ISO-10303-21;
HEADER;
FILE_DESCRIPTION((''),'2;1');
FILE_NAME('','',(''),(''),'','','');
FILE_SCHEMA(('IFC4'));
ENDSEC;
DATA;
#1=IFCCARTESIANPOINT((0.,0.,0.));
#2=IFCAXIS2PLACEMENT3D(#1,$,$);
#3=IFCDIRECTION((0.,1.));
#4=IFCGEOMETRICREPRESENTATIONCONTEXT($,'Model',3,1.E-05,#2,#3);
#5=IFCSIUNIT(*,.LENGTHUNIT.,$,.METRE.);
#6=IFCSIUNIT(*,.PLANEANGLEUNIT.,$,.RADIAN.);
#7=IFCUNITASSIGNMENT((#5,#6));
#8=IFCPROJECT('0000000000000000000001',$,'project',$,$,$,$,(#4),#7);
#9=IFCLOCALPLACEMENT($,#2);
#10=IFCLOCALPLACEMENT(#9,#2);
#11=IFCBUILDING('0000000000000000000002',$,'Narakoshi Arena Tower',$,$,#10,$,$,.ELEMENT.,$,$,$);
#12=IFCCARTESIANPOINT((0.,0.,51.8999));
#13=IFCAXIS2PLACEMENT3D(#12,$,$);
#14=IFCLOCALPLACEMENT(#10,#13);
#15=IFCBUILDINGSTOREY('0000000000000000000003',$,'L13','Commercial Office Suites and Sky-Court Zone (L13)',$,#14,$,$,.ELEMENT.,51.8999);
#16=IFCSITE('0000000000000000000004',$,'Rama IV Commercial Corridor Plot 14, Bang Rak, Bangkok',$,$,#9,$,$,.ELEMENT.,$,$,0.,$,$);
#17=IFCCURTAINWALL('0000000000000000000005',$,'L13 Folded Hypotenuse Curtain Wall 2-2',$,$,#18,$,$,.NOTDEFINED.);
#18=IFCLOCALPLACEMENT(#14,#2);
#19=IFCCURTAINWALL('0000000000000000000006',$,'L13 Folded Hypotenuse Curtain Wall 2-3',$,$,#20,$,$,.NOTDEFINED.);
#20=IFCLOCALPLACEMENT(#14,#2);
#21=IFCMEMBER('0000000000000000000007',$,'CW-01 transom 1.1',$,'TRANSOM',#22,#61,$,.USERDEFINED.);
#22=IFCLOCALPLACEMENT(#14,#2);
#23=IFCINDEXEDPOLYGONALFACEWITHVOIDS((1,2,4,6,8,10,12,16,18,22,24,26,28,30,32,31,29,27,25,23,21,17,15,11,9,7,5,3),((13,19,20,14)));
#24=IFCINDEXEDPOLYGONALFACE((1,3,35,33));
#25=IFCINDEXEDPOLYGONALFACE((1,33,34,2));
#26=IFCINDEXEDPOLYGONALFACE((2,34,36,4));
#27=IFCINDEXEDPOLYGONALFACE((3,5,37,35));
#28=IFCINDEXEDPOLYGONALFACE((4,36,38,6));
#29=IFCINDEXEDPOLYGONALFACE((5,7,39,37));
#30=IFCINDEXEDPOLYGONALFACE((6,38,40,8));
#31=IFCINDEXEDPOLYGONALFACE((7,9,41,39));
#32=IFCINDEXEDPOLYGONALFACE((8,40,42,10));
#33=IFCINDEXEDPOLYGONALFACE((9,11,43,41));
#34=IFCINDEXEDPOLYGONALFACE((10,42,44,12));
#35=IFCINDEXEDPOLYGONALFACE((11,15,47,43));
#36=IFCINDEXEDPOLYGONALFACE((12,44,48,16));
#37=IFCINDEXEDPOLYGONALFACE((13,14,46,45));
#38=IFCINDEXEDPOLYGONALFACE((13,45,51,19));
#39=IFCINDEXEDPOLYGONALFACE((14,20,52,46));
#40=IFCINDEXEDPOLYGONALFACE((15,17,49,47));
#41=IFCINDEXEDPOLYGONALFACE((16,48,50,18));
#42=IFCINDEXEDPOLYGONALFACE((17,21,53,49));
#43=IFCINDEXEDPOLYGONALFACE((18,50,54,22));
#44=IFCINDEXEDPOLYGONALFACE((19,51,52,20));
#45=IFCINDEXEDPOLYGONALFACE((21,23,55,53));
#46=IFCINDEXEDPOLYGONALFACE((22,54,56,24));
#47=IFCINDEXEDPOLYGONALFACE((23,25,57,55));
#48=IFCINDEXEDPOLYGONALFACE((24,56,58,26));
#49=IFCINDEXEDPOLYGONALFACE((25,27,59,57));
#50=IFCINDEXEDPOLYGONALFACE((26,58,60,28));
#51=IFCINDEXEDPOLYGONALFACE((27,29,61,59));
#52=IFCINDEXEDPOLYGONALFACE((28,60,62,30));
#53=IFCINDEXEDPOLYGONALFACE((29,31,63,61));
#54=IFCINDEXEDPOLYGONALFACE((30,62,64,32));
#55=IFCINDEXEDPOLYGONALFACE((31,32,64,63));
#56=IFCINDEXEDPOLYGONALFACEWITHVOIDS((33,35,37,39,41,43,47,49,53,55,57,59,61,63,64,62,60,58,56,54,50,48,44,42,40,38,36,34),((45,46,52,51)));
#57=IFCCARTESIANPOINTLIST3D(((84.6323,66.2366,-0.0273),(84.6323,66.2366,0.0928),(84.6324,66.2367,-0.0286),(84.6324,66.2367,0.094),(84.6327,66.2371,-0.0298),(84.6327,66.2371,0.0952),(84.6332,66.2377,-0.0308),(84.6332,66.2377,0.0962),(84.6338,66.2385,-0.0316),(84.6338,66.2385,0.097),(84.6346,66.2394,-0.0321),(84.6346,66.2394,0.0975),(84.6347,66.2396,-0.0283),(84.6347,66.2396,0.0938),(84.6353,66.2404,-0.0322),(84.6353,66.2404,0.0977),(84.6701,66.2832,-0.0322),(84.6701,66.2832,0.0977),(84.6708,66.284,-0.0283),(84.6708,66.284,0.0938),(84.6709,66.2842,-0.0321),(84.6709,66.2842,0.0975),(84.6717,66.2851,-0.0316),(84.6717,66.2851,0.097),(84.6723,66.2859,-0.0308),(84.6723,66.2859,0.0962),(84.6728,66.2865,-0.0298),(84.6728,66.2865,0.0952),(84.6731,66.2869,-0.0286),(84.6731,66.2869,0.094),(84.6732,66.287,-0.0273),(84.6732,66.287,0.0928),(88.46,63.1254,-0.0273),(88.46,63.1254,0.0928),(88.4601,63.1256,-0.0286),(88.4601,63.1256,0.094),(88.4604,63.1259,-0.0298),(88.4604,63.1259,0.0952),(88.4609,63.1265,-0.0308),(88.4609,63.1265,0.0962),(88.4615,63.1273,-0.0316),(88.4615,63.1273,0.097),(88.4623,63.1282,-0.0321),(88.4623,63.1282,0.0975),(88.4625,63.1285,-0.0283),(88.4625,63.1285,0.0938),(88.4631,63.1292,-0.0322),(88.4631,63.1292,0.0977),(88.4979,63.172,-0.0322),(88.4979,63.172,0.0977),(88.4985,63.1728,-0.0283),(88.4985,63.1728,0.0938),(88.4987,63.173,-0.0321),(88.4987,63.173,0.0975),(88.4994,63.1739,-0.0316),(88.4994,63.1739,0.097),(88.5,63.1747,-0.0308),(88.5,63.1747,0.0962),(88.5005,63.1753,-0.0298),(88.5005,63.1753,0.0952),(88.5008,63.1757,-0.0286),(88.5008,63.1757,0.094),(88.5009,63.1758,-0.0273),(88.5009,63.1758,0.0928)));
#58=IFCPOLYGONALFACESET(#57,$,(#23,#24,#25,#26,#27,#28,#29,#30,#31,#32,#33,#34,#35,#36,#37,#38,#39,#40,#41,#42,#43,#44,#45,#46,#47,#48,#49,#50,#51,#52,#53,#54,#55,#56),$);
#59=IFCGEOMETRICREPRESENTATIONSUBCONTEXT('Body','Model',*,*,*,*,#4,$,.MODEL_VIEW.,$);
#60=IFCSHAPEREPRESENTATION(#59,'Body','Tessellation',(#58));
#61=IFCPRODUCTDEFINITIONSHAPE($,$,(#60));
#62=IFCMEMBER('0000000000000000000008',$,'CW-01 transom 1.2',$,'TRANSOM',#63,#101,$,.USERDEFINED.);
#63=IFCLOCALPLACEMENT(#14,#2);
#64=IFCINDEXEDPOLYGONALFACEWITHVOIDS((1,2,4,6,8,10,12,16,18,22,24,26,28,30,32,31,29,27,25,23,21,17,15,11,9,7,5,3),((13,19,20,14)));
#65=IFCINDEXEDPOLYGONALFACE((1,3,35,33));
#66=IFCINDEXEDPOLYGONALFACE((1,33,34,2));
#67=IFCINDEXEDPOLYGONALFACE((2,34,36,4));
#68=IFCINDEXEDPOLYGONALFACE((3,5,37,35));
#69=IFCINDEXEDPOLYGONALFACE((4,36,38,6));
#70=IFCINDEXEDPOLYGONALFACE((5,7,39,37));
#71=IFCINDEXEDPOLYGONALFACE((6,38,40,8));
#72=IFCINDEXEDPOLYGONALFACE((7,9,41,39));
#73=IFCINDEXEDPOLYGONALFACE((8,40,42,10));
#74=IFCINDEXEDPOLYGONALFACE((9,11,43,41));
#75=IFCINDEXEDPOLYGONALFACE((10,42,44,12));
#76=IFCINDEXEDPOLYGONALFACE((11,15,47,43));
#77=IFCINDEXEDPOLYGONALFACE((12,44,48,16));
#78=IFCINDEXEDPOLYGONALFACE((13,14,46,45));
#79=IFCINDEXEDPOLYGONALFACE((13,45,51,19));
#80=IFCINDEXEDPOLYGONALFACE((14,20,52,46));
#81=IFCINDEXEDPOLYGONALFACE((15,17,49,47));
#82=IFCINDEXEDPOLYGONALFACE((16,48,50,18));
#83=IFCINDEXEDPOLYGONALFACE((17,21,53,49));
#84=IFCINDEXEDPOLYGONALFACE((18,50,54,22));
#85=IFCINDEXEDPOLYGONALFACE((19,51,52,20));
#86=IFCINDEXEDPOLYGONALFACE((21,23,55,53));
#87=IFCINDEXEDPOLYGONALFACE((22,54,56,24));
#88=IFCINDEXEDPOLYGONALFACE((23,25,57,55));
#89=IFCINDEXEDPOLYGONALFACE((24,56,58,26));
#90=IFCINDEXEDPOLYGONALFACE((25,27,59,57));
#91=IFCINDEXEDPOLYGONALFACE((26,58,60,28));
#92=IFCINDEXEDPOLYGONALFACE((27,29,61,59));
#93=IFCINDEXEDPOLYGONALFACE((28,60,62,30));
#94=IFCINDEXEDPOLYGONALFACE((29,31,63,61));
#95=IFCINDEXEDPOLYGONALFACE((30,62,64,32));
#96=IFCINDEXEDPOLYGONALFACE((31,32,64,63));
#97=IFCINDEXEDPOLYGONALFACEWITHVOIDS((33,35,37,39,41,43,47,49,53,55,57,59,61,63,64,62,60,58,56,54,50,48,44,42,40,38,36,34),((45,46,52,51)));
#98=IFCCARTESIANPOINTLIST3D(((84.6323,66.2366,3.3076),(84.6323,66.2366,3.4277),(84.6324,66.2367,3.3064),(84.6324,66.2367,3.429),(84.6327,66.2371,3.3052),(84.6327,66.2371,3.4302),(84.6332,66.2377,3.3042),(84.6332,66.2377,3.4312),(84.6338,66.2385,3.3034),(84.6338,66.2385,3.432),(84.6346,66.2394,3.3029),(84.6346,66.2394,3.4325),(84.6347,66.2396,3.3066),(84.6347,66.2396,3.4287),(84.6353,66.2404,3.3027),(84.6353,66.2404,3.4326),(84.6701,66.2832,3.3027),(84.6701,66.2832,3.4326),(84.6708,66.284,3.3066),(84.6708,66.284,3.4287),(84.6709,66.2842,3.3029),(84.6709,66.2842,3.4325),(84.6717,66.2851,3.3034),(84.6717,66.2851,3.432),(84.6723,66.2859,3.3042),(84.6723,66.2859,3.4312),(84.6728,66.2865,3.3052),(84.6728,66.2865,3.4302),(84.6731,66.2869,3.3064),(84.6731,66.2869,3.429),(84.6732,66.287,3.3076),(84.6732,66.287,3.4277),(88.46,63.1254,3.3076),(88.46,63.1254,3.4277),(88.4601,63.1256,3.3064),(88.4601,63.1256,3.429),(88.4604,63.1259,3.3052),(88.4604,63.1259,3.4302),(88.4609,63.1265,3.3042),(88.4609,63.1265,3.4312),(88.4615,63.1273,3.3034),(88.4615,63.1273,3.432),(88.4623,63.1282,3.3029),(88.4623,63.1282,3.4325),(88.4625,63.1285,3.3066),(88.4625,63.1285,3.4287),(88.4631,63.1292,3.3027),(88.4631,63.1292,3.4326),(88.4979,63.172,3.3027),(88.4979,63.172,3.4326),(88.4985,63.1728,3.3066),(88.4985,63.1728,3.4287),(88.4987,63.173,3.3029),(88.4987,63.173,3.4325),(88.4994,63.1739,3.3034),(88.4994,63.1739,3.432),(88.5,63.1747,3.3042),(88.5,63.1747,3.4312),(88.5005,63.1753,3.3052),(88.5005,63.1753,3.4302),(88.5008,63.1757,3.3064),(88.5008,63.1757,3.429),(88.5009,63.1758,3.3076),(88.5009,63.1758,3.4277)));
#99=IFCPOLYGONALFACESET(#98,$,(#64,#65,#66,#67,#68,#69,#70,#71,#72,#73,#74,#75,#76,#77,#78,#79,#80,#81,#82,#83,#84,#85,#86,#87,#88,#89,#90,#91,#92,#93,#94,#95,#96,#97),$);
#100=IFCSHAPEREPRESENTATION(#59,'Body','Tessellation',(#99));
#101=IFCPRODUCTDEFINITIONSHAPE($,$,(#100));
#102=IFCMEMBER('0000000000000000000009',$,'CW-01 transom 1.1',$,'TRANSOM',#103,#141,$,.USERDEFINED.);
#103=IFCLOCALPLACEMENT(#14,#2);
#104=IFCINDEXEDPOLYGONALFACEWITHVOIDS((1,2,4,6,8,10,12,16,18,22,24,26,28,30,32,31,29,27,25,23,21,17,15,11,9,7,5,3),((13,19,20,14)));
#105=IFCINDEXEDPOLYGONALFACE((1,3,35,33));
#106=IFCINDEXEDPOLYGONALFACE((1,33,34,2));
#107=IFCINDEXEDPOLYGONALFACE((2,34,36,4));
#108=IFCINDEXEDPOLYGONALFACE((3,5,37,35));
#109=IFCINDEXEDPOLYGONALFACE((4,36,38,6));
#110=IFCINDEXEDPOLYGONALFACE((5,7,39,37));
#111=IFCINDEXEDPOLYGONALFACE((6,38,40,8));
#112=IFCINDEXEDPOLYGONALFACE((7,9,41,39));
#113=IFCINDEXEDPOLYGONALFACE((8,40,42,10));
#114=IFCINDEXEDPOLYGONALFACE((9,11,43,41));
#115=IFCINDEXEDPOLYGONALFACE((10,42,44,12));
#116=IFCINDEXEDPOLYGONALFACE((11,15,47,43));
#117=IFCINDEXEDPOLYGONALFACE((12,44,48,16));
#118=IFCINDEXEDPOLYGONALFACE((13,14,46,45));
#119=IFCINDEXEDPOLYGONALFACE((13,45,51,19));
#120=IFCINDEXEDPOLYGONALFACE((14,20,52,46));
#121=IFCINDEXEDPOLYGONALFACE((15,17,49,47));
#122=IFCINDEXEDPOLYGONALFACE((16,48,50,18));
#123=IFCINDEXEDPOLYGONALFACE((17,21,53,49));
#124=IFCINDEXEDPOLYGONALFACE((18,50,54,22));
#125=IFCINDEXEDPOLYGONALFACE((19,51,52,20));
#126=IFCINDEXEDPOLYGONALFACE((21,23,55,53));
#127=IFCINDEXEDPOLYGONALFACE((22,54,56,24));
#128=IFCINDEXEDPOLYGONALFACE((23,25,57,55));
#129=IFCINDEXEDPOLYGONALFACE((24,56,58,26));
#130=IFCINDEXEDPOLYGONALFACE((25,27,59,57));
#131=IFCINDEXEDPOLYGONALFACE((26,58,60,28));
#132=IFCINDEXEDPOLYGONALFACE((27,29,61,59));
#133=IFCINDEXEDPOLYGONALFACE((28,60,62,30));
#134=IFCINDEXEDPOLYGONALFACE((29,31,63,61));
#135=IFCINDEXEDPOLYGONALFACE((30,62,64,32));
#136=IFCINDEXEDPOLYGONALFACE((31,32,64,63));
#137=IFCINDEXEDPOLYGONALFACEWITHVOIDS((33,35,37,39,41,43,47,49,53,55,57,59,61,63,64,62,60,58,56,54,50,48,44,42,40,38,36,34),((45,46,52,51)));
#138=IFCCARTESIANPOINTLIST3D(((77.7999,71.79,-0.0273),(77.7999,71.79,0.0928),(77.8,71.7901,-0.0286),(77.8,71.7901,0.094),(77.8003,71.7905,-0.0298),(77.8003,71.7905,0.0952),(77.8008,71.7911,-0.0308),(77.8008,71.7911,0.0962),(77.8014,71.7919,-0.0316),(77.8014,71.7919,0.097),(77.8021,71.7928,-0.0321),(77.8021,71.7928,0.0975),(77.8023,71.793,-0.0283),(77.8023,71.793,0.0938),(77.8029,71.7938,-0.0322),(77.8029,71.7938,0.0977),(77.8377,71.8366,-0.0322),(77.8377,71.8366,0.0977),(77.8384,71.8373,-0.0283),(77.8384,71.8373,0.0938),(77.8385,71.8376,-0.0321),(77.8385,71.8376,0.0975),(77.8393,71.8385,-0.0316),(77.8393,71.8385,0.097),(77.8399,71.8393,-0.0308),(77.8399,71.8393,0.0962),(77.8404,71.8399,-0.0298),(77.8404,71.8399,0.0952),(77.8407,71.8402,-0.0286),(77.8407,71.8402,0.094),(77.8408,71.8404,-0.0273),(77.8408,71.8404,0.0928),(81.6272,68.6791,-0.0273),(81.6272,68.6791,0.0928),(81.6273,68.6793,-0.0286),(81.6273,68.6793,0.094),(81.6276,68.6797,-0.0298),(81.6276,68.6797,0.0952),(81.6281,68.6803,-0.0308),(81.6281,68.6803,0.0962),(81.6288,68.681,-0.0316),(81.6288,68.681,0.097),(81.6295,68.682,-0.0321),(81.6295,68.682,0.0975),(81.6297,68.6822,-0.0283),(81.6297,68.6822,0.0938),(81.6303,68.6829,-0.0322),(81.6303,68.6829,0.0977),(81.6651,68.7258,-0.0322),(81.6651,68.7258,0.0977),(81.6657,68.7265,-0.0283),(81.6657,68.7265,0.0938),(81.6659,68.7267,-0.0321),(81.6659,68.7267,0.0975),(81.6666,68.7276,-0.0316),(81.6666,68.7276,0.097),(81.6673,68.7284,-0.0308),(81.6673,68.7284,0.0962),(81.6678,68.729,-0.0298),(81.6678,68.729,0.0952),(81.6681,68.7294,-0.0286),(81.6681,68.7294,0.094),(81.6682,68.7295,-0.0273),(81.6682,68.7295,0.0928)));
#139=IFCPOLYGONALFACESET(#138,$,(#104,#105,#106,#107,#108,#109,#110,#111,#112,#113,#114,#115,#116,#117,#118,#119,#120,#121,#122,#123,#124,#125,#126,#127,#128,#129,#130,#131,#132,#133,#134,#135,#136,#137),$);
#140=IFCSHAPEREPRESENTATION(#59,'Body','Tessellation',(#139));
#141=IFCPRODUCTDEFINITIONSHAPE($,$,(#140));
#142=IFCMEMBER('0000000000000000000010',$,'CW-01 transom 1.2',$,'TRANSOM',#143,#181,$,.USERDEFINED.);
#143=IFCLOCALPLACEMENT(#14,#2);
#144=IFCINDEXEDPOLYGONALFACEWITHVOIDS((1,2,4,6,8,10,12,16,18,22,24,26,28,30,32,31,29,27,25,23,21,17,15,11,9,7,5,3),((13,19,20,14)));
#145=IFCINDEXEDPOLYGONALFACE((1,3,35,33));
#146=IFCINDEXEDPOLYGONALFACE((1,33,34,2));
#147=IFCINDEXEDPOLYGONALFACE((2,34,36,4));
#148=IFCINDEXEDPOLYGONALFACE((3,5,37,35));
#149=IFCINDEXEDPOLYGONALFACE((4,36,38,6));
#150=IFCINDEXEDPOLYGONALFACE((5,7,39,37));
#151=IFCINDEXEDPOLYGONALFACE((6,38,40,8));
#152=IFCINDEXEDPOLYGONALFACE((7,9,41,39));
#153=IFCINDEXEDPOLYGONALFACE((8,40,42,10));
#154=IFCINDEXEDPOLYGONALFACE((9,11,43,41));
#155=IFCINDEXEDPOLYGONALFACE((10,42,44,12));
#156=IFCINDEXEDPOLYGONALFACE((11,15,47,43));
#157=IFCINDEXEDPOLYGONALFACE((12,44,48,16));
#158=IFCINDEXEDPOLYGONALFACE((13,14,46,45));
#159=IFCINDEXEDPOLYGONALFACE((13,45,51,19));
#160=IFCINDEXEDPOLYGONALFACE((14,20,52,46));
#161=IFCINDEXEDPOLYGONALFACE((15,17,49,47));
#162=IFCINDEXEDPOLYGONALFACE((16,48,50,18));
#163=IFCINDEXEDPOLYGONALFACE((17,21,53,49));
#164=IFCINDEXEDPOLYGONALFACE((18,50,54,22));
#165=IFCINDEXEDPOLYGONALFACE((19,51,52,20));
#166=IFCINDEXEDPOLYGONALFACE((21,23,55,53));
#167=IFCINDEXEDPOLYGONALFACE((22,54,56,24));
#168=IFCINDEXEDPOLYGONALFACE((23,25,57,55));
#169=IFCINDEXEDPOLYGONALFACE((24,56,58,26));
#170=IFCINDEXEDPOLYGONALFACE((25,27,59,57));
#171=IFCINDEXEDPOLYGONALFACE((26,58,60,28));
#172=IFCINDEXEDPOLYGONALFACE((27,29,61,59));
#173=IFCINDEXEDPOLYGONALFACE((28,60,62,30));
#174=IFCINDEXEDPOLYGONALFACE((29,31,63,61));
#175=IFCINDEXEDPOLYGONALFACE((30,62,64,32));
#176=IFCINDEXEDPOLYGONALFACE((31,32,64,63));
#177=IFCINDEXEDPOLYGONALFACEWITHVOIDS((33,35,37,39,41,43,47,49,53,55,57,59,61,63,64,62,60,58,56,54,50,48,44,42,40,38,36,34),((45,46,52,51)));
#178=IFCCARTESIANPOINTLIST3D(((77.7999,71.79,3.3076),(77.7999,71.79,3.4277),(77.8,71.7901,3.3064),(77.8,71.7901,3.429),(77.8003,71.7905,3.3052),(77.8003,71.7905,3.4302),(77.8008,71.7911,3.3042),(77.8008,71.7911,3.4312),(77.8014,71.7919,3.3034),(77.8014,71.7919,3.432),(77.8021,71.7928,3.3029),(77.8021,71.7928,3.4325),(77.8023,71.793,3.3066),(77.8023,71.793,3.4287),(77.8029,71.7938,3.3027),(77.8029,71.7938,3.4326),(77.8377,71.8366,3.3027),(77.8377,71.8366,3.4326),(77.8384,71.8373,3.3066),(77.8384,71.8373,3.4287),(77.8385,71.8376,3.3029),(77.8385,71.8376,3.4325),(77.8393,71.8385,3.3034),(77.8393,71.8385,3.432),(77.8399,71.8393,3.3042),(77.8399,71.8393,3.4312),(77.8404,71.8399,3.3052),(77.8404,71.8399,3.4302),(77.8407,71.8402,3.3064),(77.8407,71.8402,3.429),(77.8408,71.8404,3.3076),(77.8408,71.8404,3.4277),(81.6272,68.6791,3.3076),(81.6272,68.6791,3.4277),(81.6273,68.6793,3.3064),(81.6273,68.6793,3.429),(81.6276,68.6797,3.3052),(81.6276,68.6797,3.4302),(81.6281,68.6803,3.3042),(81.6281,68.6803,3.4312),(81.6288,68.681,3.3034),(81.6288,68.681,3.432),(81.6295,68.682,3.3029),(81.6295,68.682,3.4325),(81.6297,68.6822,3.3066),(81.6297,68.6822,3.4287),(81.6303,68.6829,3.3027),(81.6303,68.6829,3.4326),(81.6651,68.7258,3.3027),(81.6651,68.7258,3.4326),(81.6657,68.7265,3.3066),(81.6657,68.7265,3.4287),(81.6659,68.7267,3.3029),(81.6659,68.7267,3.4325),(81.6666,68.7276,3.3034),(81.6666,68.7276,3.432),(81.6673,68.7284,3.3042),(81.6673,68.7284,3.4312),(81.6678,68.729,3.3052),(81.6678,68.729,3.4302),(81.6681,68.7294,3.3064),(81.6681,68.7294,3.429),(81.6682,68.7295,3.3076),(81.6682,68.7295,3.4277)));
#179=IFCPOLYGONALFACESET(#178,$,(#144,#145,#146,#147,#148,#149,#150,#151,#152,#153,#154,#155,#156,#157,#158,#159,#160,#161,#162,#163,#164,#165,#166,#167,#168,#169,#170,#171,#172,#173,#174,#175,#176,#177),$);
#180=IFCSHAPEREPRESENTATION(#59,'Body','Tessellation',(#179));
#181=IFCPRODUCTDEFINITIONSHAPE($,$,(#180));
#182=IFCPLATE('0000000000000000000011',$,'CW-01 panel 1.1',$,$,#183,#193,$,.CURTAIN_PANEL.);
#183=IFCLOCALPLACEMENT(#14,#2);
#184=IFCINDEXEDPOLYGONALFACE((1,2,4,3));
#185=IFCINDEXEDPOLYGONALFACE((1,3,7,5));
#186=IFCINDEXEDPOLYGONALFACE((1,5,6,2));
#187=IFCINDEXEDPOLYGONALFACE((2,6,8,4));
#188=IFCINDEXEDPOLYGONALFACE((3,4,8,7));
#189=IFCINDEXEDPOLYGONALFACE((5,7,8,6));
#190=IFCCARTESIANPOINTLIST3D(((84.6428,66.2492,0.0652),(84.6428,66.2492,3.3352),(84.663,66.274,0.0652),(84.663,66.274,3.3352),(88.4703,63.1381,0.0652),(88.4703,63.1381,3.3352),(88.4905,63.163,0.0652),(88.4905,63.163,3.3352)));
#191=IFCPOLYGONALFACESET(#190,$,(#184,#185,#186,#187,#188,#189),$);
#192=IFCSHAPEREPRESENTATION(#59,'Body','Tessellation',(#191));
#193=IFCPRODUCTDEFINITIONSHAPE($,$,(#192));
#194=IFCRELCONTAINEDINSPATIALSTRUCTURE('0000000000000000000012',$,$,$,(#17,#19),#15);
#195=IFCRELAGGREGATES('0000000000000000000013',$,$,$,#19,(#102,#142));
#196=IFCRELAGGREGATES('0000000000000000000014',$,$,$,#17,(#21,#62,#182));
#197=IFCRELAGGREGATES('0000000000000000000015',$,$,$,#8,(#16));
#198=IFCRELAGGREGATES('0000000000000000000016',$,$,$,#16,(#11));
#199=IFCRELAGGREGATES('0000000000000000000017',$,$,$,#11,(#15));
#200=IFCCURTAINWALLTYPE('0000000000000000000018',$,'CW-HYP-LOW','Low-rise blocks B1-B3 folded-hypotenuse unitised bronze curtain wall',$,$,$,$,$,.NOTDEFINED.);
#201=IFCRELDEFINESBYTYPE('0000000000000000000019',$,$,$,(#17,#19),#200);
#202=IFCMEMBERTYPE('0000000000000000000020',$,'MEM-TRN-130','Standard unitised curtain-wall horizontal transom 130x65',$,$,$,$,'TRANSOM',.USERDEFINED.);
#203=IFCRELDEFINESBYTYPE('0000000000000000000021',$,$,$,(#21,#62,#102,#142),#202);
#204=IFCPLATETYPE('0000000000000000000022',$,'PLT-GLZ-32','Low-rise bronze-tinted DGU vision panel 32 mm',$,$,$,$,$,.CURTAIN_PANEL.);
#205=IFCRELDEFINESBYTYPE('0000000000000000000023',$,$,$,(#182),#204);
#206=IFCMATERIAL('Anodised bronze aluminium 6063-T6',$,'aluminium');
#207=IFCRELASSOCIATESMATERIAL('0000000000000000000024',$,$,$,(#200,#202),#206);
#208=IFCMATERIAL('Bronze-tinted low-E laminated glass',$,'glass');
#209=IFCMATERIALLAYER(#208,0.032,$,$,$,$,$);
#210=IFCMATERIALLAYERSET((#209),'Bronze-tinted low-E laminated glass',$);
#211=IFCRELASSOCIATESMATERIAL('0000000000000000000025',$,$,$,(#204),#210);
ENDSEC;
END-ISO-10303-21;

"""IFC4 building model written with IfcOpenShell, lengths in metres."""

from ifc_helpers import new_model, si_unit, direction, frame, origin, origin_2d, place, context, subcontext, project, spatial, rectangle, hollow_rectangle, extrude, material, layer, layer_set, material_profile, profile_set, type_object, element, aggregate, save


model = new_model("IFC4")

# Units and contexts
model_context = context("Model", 3, precision=1e-05, world=origin(), true_north=direction((0.0, 1.0)))
body_context = subcontext(model_context, "Body", "Model", "MODEL_VIEW")
ifc_project = project(units=[si_unit("LENGTHUNIT", "METRE"), si_unit("PLANEANGLEUNIT", "RADIAN")], contexts=[model_context])

# Site, building, storey
site_placement = place(None, origin())
site = spatial("IfcSite", under=ifc_project, at=site_placement, Name="Rama IV Commercial Corridor Plot 14, Bang Rak, Bangkok", CompositionType="ELEMENT", RefElevation=0.0)
building_placement = place(site_placement, origin())
building = spatial("IfcBuilding", under=site, at=building_placement, Name="Narakoshi Arena Tower", CompositionType="ELEMENT")
storey_placement = place(building_placement, frame((0.0, 0.0, 51.8999)))
storey = spatial("IfcBuildingStorey", under=building, at=storey_placement, Name="L13", Description="Commercial Office Suites and Sky-Court Zone (L13)", CompositionType="ELEMENT", Elevation=51.8999)

# Curtain wall
ifc_material_1 = material(Name="Anodised bronze aluminium 6063-T6", Category="aluminium")
curtain_wall_type = type_object("IfcCurtainWallType", Name="CW-HYP-LOW", Description="Low-rise blocks B1-B3 folded-hypotenuse unitised bronze curtain wall", PredefinedType="NOTDEFINED", material=ifc_material_1)
curtain_wall_1_placement = place(storey_placement, origin())
curtain_wall_1 = element("IfcCurtainWall", 1, at=curtain_wall_1_placement, inside=storey, type_object=curtain_wall_type, Name="L13 Folded Hypotenuse Curtain Wall 2-2", PredefinedType="NOTDEFINED")

# Curtain wall
curtain_wall_2_placement = place(storey_placement, origin())
curtain_wall_2 = element("IfcCurtainWall", 2, at=curtain_wall_2_placement, inside=storey, type_object=curtain_wall_type, Name="L13 Folded Hypotenuse Curtain Wall 2-3", PredefinedType="NOTDEFINED")

# Members
ifc_material_profile_1 = material_profile(ifc_material_1, hollow_rectangle(XDim=0.0649, YDim=0.1299, WallThickness=0.0039, OuterFilletRadius=0.0049, at=origin_2d()), Name="TRN130x65x4")
ifc_profile_set_1 = profile_set([ifc_material_profile_1], Name="Anodised bronze aluminium 6063-T6")
member_type_1 = type_object("IfcMemberType", Name="MEM-TRN-130", Description="Standard unitised curtain-wall horizontal transom 130x65", ElementType="TRANSOM", PredefinedType="USERDEFINED", material=ifc_profile_set_1)
member_1_placement = place(storey_placement, frame((88.4805, 63.1506, 0.0327), z_axis=(-0.776002, 0.630731, 0.0), x_axis=(-0.630731, -0.776002, 0.0)))
member_1 = element("IfcMember", 3, at=member_1_placement, type_object=member_type_1, Name="CW-01 transom 1.1", ObjectType="TRANSOM", PredefinedType="USERDEFINED", context=body_context, shape_type="SweptSolid", body=[
    extrude(hollow_rectangle(XDim=0.0649, YDim=0.1299, WallThickness=0.0039, OuterFilletRadius=0.0049, at=origin_2d()), origin(), (0.0, 0.0, 1.0), 4.9326),
])
member_2_placement = place(storey_placement, frame((88.4805, 63.1506, 3.3677), z_axis=(-0.776002, 0.630731, 0.0), x_axis=(-0.630731, -0.776002, 0.0)))
member_2 = element("IfcMember", 4, at=member_2_placement, type_object=member_type_1, Name="CW-01 transom 1.2", ObjectType="TRANSOM", PredefinedType="USERDEFINED", context=body_context, shape_type="SweptSolid", body=[
    extrude(hollow_rectangle(XDim=0.0649, YDim=0.1299, WallThickness=0.0039, OuterFilletRadius=0.0049, at=origin_2d()), origin(), (0.0, 0.0, 1.0), 4.9326),
])
member_3_placement = place(storey_placement, frame((81.6477, 68.7043, 0.0327), z_axis=(-0.776006, 0.630725, 0.0), x_axis=(-0.630725, -0.776006, 0.0)))
member_3 = element("IfcMember", 5, at=member_3_placement, type_object=member_type_1, Name="CW-01 transom 1.1", ObjectType="TRANSOM", PredefinedType="USERDEFINED", context=body_context, shape_type="SweptSolid", body=[
    extrude(hollow_rectangle(XDim=0.0649, YDim=0.1299, WallThickness=0.0039, OuterFilletRadius=0.0049, at=origin_2d()), origin(), (0.0, 0.0, 1.0), 4.9321),
])
member_4_placement = place(storey_placement, frame((81.6477, 68.7043, 3.3677), z_axis=(-0.776006, 0.630725, 0.0), x_axis=(-0.630725, -0.776006, 0.0)))
member_4 = element("IfcMember", 6, at=member_4_placement, type_object=member_type_1, Name="CW-01 transom 1.2", ObjectType="TRANSOM", PredefinedType="USERDEFINED", context=body_context, shape_type="SweptSolid", body=[
    extrude(hollow_rectangle(XDim=0.0649, YDim=0.1299, WallThickness=0.0039, OuterFilletRadius=0.0049, at=origin_2d()), origin(), (0.0, 0.0, 1.0), 4.9321),
])
aggregate(curtain_wall_2, [member_3, member_4])

# Plate
ifc_material_2 = material(Name="Bronze-tinted low-E laminated glass", Category="glass")
ifc_layer_1 = layer(ifc_material_2, 0.032)
ifc_layer_set_1 = layer_set([ifc_layer_1], Name="Bronze-tinted low-E laminated glass")
plate_type = type_object("IfcPlateType", Name="PLT-GLZ-32", Description="Low-rise bronze-tinted DGU vision panel 32 mm", PredefinedType="CURTAIN_PANEL", material=ifc_layer_set_1)
plate_placement = place(storey_placement, frame((86.5667, 64.7061, 0.0652), z_axis=(0.0, 0.0, 1.0), x_axis=(-0.775998, 0.630735, 0.0)))
plate = element("IfcPlate", 7, at=plate_placement, type_object=plate_type, Name="CW-01 panel 1.1", PredefinedType="CURTAIN_PANEL", context=body_context, shape_type="SweptSolid", body=[
    extrude(rectangle(XDim=4.9324, YDim=0.032, at=origin_2d()), origin(), (0.0, 0.0, 1.0), 3.27),
])
aggregate(curtain_wall_1, [member_1, member_2, plate])

save(model, "model.ifc")
